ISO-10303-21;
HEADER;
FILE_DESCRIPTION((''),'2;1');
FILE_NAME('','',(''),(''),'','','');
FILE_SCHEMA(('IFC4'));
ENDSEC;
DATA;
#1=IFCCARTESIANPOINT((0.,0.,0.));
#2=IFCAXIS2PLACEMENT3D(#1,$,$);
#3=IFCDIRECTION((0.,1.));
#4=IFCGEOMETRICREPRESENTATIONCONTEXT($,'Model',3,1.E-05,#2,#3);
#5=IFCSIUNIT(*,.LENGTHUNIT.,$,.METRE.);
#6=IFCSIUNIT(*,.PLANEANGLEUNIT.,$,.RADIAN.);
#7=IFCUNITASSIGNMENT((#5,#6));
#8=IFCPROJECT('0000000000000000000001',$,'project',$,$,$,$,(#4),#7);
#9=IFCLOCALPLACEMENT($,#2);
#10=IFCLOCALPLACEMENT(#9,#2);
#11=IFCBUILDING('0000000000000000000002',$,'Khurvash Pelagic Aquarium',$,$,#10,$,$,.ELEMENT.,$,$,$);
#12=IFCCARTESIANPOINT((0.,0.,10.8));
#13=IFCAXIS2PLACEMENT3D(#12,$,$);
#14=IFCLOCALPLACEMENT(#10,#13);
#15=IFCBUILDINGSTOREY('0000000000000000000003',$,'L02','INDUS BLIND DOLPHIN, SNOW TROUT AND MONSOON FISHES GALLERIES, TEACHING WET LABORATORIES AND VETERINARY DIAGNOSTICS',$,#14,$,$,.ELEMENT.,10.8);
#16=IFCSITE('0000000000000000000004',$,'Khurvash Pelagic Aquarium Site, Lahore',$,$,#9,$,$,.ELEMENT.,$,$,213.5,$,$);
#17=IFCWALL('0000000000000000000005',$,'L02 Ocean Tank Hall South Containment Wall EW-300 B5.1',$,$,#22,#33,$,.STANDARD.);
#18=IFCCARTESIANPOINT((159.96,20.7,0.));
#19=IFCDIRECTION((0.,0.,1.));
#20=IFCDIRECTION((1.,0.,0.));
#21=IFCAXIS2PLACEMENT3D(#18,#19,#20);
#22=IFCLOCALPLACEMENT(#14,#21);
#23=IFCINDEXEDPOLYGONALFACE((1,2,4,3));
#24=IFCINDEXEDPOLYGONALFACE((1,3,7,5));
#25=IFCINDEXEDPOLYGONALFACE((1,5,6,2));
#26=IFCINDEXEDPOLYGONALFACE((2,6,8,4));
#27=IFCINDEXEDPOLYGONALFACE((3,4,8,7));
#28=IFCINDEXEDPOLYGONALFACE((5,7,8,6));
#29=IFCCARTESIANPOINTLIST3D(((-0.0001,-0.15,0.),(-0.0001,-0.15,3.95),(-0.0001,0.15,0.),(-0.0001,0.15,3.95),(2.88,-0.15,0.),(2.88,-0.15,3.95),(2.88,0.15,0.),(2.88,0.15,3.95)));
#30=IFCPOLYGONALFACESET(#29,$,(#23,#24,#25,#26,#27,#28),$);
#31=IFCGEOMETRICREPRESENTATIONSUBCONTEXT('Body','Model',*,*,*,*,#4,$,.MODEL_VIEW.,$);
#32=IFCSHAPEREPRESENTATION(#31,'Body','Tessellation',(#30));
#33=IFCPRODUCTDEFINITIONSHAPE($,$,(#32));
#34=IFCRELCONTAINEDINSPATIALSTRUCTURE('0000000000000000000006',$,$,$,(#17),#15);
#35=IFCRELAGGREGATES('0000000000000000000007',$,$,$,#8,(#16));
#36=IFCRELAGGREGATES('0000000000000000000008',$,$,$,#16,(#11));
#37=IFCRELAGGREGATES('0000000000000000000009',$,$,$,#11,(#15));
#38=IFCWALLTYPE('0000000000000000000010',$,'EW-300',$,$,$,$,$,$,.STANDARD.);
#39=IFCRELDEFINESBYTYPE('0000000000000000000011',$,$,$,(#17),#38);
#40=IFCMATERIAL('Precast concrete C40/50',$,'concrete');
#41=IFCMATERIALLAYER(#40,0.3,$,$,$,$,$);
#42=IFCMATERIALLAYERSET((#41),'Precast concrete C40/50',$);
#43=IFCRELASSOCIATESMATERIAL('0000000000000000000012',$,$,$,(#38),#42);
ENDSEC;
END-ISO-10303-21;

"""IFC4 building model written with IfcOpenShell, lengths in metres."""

from ifc_helpers import new_model, si_unit, direction, frame, frame_2d, origin, place, context, subcontext, project, spatial, rectangle, extrude, material, layer, layer_set, type_object, element, save


model = new_model("IFC4")

# Units and contexts
model_context = context("Model", 3, precision=1e-05, world=origin(), true_north=direction((0.0, 1.0)))
body_context = subcontext(model_context, "Body", "Model", "MODEL_VIEW")
ifc_project = project(units=[si_unit("LENGTHUNIT", "METRE"), si_unit("PLANEANGLEUNIT", "RADIAN")], contexts=[model_context])

# Site, building, storey
site_placement = place(None, origin())
site = spatial("IfcSite", under=ifc_project, at=site_placement, Name="Khurvash Pelagic Aquarium Site, Lahore", CompositionType="ELEMENT", RefElevation=213.5)
building_placement = place(site_placement, origin())
building = spatial("IfcBuilding", under=site, at=building_placement, Name="Khurvash Pelagic Aquarium", CompositionType="ELEMENT")
storey_placement = place(building_placement, frame((0.0, 0.0, 10.8)))
storey = spatial("IfcBuildingStorey", under=building, at=storey_placement, Name="L02", Description="INDUS BLIND DOLPHIN, SNOW TROUT AND MONSOON FISHES GALLERIES, TEACHING WET LABORATORIES AND VETERINARY DIAGNOSTICS", CompositionType="ELEMENT", Elevation=10.8)

# Shared definitions
ifc_material_1 = material(Name="Precast concrete C40/50", Category="concrete")
ifc_layer_1 = layer(ifc_material_1, 0.3)
ifc_layer_set_1 = layer_set([ifc_layer_1], Name="Precast concrete C40/50")
wall_type = type_object("IfcWallType", Name="EW-300", PredefinedType="STANDARD", material=ifc_layer_set_1)

# Wall
wall_1_placement = place(storey_placement, frame((159.96, 20.7, 0.0), z_axis=(0.0, 0.0, 1.0), x_axis=(1.0, 0.0, 0.0)))
element("IfcWall", 1, at=wall_1_placement, inside=storey, type_object=wall_type, Name="L02 Ocean Tank Hall South Containment Wall EW-300 B5.1", PredefinedType="STANDARD", context=body_context, shape_type="SweptSolid", body=[
    extrude(rectangle(XDim=2.8801, YDim=0.3, at=frame_2d((1.4399, 0.0))), origin(), (0.0, 0.0, 1.0), 3.95),
])

save(model, "model.ifc")
